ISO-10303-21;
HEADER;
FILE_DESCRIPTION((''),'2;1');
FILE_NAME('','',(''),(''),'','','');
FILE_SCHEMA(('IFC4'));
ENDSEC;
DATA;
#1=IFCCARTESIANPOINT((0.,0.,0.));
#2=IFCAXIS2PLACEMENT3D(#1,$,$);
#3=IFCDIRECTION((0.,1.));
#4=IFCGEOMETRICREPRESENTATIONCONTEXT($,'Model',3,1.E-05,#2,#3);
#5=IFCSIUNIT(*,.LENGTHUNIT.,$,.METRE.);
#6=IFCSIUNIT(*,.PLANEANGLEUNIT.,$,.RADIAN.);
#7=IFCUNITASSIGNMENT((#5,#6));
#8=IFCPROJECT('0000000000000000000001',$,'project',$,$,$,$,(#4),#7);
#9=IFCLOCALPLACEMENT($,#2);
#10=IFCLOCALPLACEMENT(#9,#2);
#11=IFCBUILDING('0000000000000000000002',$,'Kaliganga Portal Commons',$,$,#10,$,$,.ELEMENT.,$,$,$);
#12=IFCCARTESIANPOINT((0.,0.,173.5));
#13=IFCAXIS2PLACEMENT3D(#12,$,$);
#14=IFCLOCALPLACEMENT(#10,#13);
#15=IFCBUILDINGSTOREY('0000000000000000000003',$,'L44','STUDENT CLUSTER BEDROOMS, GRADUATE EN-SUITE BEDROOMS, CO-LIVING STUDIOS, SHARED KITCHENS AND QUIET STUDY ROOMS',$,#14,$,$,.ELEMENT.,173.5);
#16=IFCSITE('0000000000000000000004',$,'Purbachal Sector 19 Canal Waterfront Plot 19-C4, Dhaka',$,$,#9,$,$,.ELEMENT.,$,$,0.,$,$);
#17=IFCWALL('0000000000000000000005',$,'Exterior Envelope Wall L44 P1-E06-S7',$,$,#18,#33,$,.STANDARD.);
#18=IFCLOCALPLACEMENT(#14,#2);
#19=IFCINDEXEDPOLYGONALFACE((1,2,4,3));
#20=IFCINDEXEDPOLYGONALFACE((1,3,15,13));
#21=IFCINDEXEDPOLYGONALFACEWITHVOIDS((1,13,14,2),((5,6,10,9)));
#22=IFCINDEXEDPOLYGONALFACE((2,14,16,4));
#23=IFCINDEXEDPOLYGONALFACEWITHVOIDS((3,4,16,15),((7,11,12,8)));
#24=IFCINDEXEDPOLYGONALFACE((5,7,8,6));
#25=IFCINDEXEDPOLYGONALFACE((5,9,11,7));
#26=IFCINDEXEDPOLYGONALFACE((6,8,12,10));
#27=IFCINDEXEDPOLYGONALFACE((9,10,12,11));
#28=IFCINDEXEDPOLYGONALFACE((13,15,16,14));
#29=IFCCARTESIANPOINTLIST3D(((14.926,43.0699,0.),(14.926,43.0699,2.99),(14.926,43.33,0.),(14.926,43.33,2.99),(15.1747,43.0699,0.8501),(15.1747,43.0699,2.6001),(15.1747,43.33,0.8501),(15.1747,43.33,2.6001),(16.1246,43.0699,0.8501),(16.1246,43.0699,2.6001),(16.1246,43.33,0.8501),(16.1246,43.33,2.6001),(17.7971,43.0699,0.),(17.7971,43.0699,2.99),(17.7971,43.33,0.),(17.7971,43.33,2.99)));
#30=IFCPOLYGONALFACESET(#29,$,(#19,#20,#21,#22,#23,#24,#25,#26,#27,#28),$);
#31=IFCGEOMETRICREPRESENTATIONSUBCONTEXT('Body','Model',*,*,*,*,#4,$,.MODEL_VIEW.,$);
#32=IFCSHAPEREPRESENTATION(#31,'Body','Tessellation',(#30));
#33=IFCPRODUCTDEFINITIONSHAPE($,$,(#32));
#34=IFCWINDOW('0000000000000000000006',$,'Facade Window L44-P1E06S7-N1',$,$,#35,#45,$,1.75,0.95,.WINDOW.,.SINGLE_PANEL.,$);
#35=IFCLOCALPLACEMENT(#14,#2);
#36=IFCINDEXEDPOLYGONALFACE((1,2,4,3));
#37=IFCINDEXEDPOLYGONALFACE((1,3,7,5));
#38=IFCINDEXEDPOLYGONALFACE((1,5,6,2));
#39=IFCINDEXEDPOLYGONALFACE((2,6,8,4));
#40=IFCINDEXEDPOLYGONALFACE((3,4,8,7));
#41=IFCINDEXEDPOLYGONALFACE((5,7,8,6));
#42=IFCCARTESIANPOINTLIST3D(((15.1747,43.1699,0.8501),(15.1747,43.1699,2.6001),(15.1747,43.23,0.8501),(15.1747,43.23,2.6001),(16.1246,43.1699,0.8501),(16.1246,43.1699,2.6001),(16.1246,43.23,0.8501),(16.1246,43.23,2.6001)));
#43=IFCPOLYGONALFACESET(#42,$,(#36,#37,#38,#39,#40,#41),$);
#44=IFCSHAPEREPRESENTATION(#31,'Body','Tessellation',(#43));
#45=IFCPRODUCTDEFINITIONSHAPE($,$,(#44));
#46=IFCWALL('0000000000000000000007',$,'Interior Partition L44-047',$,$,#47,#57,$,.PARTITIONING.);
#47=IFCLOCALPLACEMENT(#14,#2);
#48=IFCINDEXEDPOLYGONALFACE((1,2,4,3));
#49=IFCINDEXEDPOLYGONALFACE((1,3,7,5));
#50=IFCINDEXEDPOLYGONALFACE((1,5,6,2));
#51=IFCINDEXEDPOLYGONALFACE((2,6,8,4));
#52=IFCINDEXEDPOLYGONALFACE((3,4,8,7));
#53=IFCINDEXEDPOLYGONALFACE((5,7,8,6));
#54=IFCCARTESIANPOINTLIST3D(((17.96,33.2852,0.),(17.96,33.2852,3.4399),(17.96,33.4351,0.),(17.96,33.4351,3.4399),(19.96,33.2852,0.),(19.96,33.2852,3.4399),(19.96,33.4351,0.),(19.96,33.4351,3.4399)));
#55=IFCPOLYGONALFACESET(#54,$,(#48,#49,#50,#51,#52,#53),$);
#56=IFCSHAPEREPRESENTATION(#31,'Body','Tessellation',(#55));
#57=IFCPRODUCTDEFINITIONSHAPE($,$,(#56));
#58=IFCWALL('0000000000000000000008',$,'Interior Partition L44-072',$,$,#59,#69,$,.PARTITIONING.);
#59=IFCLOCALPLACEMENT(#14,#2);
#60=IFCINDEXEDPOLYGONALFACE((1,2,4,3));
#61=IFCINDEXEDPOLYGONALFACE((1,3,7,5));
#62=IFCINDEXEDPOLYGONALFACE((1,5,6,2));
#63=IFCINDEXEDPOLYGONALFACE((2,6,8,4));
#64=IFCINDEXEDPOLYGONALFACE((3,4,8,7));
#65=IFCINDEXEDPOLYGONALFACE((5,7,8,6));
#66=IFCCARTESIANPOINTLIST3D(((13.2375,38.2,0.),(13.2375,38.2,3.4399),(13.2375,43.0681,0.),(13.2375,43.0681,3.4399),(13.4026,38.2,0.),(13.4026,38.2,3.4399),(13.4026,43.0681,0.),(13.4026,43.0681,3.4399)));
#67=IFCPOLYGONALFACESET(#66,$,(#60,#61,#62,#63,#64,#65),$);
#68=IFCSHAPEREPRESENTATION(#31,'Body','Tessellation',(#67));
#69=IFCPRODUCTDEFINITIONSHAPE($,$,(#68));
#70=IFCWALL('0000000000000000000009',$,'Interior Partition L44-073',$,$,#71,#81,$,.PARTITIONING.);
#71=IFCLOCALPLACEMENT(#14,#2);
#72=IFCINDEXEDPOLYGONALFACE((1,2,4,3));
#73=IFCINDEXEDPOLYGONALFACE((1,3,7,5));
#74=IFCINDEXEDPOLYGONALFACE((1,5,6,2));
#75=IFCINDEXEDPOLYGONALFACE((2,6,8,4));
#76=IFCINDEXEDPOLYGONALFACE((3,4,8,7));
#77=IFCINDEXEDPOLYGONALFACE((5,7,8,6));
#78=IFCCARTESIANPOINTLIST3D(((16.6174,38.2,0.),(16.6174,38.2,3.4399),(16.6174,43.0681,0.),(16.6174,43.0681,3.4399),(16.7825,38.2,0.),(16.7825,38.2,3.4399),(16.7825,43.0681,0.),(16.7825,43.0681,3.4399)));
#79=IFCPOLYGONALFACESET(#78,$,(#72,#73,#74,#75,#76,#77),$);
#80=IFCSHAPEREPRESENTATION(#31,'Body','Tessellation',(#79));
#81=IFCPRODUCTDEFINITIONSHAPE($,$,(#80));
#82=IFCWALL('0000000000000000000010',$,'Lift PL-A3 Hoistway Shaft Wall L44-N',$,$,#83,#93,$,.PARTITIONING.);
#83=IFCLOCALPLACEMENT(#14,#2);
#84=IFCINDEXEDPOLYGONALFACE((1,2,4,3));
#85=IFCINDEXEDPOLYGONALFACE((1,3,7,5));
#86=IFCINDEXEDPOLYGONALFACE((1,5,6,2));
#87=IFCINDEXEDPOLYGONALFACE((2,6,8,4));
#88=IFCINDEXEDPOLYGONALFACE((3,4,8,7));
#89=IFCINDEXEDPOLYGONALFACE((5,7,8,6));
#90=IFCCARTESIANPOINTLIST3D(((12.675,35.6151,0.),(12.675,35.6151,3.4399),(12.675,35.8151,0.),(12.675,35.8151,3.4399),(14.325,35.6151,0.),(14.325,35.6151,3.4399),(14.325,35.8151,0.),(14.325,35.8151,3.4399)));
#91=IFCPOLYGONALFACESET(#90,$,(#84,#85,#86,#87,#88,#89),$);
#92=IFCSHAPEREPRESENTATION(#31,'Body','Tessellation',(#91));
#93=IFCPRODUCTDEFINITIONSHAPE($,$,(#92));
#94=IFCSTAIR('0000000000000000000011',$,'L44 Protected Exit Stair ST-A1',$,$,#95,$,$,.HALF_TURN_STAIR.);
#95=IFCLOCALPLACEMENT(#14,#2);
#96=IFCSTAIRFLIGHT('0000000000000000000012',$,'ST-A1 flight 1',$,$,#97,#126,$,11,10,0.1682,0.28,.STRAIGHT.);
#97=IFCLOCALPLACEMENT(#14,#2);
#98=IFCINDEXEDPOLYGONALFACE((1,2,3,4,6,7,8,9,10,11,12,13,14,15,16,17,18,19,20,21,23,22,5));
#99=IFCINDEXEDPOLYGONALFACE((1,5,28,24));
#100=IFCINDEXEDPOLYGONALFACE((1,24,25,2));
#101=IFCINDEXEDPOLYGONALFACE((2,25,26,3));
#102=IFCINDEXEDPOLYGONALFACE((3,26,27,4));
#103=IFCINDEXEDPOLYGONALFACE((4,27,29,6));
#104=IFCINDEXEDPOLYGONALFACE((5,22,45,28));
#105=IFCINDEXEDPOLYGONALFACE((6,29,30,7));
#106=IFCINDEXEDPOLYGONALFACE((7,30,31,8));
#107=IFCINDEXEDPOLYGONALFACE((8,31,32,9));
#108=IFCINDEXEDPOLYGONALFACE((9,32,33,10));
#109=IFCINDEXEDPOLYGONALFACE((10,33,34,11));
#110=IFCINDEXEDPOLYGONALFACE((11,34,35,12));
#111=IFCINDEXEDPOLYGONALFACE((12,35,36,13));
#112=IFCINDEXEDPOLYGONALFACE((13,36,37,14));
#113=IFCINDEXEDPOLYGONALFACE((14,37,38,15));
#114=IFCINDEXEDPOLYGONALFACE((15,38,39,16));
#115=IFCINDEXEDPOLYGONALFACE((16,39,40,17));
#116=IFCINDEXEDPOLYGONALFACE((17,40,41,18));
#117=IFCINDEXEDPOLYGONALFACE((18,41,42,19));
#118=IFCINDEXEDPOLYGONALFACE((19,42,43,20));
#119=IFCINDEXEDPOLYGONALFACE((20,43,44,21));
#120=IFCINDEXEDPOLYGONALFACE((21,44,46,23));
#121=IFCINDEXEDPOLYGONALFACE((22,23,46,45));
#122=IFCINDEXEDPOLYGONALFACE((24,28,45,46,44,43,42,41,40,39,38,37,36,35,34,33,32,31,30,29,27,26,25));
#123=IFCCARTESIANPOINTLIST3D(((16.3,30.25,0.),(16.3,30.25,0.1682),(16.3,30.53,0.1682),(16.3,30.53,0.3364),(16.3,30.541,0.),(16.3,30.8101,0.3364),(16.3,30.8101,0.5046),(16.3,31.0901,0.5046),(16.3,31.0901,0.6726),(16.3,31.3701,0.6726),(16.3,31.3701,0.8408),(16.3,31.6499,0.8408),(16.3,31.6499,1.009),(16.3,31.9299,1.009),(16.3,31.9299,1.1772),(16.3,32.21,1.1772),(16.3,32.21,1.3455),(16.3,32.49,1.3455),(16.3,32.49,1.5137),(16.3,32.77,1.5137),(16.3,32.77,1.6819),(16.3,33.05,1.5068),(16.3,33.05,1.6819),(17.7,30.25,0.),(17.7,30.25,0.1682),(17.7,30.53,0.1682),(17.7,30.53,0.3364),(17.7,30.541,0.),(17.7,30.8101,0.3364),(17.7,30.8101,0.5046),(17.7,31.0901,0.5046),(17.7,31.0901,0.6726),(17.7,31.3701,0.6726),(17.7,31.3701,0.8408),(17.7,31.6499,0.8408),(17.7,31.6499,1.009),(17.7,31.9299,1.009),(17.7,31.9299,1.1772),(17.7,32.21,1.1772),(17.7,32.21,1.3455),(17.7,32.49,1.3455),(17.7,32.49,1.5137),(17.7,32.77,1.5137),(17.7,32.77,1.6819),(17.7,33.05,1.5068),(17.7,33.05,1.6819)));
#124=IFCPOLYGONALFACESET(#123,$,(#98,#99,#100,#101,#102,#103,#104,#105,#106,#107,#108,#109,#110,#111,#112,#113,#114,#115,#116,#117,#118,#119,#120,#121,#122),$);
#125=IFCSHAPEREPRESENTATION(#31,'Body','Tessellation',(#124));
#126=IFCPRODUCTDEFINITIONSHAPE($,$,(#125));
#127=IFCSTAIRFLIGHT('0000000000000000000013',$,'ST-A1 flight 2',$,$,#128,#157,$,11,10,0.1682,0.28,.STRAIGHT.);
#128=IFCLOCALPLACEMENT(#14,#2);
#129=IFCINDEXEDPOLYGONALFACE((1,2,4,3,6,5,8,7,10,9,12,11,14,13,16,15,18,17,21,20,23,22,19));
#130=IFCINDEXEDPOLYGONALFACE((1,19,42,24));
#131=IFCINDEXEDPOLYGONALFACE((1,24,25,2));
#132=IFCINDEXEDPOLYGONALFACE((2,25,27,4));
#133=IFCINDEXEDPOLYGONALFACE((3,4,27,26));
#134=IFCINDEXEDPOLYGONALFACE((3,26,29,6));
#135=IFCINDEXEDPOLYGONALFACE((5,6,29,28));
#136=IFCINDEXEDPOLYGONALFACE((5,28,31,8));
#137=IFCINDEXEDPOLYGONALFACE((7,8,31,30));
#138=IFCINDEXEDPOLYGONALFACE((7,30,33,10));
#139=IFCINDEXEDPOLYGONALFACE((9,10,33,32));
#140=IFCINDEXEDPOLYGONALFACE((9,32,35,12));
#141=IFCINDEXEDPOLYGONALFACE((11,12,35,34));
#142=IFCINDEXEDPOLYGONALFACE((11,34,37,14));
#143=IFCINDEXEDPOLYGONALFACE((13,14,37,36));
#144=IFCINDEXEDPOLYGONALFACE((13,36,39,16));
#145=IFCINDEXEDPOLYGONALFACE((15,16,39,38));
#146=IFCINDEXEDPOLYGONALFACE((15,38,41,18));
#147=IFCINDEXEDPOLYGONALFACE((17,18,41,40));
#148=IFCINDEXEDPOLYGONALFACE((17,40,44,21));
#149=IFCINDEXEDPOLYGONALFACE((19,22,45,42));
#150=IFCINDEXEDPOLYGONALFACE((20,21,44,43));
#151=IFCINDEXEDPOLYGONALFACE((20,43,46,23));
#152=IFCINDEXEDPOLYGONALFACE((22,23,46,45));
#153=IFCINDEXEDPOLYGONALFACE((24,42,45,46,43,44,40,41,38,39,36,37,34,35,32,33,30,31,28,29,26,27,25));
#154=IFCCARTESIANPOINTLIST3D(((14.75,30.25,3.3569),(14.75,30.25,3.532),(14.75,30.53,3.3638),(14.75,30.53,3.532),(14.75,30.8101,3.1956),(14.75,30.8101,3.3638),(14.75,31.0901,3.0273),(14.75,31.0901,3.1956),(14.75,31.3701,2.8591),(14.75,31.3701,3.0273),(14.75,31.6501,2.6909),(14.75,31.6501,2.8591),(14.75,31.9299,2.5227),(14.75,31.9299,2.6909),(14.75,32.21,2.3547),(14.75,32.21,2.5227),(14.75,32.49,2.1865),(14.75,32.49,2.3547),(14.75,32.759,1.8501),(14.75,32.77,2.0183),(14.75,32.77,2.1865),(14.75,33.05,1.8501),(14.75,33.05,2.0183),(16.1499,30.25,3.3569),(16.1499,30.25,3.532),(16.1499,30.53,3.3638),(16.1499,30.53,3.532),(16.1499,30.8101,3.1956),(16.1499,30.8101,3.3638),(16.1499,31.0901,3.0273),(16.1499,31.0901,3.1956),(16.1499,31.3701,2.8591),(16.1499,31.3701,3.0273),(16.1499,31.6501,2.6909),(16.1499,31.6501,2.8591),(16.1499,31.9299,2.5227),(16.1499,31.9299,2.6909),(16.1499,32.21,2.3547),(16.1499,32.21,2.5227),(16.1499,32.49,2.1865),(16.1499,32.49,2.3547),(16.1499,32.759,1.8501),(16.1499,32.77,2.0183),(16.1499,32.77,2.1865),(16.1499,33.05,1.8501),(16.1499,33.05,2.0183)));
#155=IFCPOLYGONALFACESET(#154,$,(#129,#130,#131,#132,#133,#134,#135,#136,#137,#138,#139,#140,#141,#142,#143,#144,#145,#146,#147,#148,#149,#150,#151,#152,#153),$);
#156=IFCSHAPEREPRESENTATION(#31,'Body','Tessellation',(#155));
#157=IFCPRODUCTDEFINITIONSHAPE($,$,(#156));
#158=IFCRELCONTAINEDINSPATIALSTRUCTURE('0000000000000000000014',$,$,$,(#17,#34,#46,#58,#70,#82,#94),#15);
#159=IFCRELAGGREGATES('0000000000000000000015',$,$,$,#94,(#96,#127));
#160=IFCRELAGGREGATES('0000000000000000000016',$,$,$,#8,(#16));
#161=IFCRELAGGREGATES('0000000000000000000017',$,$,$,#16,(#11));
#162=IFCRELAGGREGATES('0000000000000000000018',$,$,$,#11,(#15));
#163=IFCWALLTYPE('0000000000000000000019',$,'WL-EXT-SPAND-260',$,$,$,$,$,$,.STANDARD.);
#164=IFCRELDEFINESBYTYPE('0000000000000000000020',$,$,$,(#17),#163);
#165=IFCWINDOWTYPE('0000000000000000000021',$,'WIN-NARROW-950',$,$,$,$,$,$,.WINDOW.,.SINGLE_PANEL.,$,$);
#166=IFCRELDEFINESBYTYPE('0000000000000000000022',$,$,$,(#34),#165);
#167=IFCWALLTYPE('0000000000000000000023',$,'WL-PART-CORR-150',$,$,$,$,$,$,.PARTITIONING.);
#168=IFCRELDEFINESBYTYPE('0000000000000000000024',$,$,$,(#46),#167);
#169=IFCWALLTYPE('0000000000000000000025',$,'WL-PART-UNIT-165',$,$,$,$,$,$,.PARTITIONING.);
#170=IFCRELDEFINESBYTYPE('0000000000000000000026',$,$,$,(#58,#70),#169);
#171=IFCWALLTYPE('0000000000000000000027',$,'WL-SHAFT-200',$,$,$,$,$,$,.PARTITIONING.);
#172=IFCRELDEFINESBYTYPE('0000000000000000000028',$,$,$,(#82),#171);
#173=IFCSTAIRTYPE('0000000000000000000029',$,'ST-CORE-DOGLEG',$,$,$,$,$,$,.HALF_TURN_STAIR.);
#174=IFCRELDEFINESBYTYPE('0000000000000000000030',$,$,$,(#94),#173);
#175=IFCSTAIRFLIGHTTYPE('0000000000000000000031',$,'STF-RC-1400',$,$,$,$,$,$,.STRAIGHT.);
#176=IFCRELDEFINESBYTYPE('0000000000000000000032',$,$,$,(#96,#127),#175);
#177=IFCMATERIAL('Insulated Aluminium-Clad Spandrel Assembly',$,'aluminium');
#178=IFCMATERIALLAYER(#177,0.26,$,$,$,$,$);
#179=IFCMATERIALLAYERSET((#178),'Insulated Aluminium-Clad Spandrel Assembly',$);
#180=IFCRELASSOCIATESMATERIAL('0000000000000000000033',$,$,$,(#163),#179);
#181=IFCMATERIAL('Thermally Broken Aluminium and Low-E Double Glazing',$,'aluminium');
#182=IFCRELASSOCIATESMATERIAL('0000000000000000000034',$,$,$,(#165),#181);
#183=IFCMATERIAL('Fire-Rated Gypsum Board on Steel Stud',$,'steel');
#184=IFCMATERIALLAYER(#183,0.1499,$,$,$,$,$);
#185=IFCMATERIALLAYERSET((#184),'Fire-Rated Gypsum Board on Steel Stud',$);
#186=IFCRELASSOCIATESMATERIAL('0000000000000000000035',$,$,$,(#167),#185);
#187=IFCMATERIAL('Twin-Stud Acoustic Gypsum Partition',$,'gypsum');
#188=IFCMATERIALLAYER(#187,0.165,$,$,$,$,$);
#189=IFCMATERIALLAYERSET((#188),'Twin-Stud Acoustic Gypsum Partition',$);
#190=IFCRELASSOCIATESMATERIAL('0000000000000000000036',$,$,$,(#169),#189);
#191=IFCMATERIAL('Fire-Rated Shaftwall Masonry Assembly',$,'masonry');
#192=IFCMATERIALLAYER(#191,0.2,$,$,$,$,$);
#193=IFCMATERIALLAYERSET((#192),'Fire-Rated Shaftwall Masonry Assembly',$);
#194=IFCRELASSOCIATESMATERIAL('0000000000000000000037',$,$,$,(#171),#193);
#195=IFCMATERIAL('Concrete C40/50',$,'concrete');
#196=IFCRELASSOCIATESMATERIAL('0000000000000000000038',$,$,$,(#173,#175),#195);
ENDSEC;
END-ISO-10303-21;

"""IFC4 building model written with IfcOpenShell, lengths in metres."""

from ifc_helpers import new_model, si_unit, direction, frame, frame_2d, origin, place, context, subcontext, project, spatial, polyline, rectangle, outline, extrude, material, layer, layer_set, type_object, element, fill, aggregate, save


model = new_model("IFC4")

# Units and contexts
model_context = context("Model", 3, precision=1e-05, world=origin(), true_north=direction((0.0, 1.0)))
body_context = subcontext(model_context, "Body", "Model", "MODEL_VIEW")
ifc_project = project(units=[si_unit("LENGTHUNIT", "METRE"), si_unit("PLANEANGLEUNIT", "RADIAN")], contexts=[model_context])

# Site, building, storey
site_placement = place(None, origin())
site = spatial("IfcSite", under=ifc_project, at=site_placement, Name="Purbachal Sector 19 Canal Waterfront Plot 19-C4, Dhaka", CompositionType="ELEMENT", RefElevation=0.0)
building_placement = place(site_placement, origin())
building = spatial("IfcBuilding", under=site, at=building_placement, Name="Kaliganga Portal Commons", CompositionType="ELEMENT")
storey_placement = place(building_placement, frame((0.0, 0.0, 173.5)))
storey = spatial("IfcBuildingStorey", under=building, at=storey_placement, Name="L44", Description="STUDENT CLUSTER BEDROOMS, GRADUATE EN-SUITE BEDROOMS, CO-LIVING STUDIOS, SHARED KITCHENS AND QUIET STUDY ROOMS", CompositionType="ELEMENT", Elevation=173.5)

# Wall, opening, window
ifc_material_1 = material(Name="Insulated Aluminium-Clad Spandrel Assembly", Category="aluminium")
ifc_layer_1 = layer(ifc_material_1, 0.26)
ifc_layer_set_1 = layer_set([ifc_layer_1], Name="Insulated Aluminium-Clad Spandrel Assembly")
wall_type_1 = type_object("IfcWallType", Name="WL-EXT-SPAND-260", PredefinedType="STANDARD", material=ifc_layer_set_1)
wall_1_placement = place(storey_placement, frame((14.926, 43.2, 0.0), z_axis=(0.0, 0.0, 1.0), x_axis=(1.0, 0.0, 0.0)))
wall_1 = element("IfcWall", 1, at=wall_1_placement, inside=storey, type_object=wall_type_1, Name="Exterior Envelope Wall L44 P1-E06-S7", PredefinedType="STANDARD", context=body_context, shape_type="SweptSolid", body=[
    extrude(rectangle(XDim=2.8711, YDim=0.26, at=frame_2d((1.4355, 0.0))), origin(), (0.0, 0.0, 1.0), 2.99),
])
opening_1_placement = place(wall_1_placement, frame((0.2485, 0.0, 0.8501)))
opening_1 = element("IfcOpeningElement", 2, at=opening_1_placement, cuts=wall_1, PredefinedType="OPENING", context=body_context, shape_type="SweptSolid", body=[
    extrude(rectangle(XDim=0.95, YDim=1.75, at=frame_2d((0.4751, 0.875))), frame((0.0, 0.1401, 0.0), z_axis=(0.0, -1.0, 0.0), x_axis=(1.0, 0.0, 0.0)), (0.0, 0.0, 1.0), 0.28),
])
ifc_material_2 = material(Name="Thermally Broken Aluminium and Low-E Double Glazing", Category="aluminium")
window_type = type_object("IfcWindowType", Name="WIN-NARROW-950", PartitioningType="SINGLE_PANEL", PredefinedType="WINDOW", material=ifc_material_2)
window_placement = place(opening_1_placement, origin())
window = element("IfcWindow", 3, at=window_placement, inside=storey, type_object=window_type, Name="Facade Window L44-P1E06S7-N1", OverallHeight=1.75, OverallWidth=0.95, PartitioningType="SINGLE_PANEL", PredefinedType="WINDOW", context=body_context, shape_type="SweptSolid", body=[
    extrude(rectangle(XDim=0.95, YDim=1.75, at=frame_2d((0.4751, 0.875))), frame((0.0, 0.03, 0.0), z_axis=(0.0, -1.0, 0.0), x_axis=(1.0, 0.0, 0.0)), (0.0, 0.0, 1.0), 0.0601),
])
fill(opening_1, window)

# Shared definitions
ifc_material_3 = material(Name="Fire-Rated Gypsum Board on Steel Stud", Category="steel")
ifc_layer_2 = layer(ifc_material_3, 0.1499)
ifc_layer_set_2 = layer_set([ifc_layer_2], Name="Fire-Rated Gypsum Board on Steel Stud")
wall_type_2 = type_object("IfcWallType", Name="WL-PART-CORR-150", PredefinedType="PARTITIONING", material=ifc_layer_set_2)

# Walls
wall_2_placement = place(storey_placement, frame((17.96, 33.3601, 0.0), z_axis=(0.0, 0.0, 1.0), x_axis=(1.0, 0.0, 0.0)))
element("IfcWall", 4, at=wall_2_placement, inside=storey, type_object=wall_type_2, Name="Interior Partition L44-047", PredefinedType="PARTITIONING", context=body_context, shape_type="SweptSolid", body=[
    extrude(rectangle(XDim=2.0, YDim=0.1499, at=frame_2d((1.0, 0.0))), origin(), (0.0, 0.0, 1.0), 3.4399),
])
ifc_material_4 = material(Name="Twin-Stud Acoustic Gypsum Partition", Category="gypsum")
ifc_layer_3 = layer(ifc_material_4, 0.165)
ifc_layer_set_3 = layer_set([ifc_layer_3], Name="Twin-Stud Acoustic Gypsum Partition")
wall_type_3 = type_object("IfcWallType", Name="WL-PART-UNIT-165", PredefinedType="PARTITIONING", material=ifc_layer_set_3)
for number, where, z_axis, x_axis, name in (
    (5, (13.3201, 38.2, 0.0), (0.0, 0.0, 1.0), (0.0, 1.0, 0.0), "Interior Partition L44-072"),
    (6, (16.7, 38.2, 0.0), (0.0, 0.0, 1.0), (0.0, 1.0, 0.0), "Interior Partition L44-073"),
):
    element("IfcWall", number, at=place(storey_placement, frame(where, z_axis=z_axis, x_axis=x_axis)), inside=storey, type_object=wall_type_3, Name=name, PredefinedType="PARTITIONING", context=body_context, shape_type="SweptSolid", body=[
        extrude(rectangle(XDim=4.8682, YDim=0.165, at=frame_2d((2.4341, 0.0))), origin(), (0.0, 0.0, 1.0), 3.4399),
    ])
ifc_material_5 = material(Name="Fire-Rated Shaftwall Masonry Assembly", Category="masonry")
ifc_layer_4 = layer(ifc_material_5, 0.2)
ifc_layer_set_4 = layer_set([ifc_layer_4], Name="Fire-Rated Shaftwall Masonry Assembly")
wall_type_4 = type_object("IfcWallType", Name="WL-SHAFT-200", PredefinedType="PARTITIONING", material=ifc_layer_set_4)
wall_3_placement = place(storey_placement, frame((12.675, 35.7151, 0.0), z_axis=(0.0, 0.0, 1.0), x_axis=(1.0, 0.0, 0.0)))
element("IfcWall", 7, at=wall_3_placement, inside=storey, type_object=wall_type_4, Name="Lift PL-A3 Hoistway Shaft Wall L44-N", PredefinedType="PARTITIONING", context=body_context, shape_type="SweptSolid", body=[
    extrude(rectangle(XDim=1.6499, YDim=0.2, at=frame_2d((0.825, 0.0))), origin(), (0.0, 0.0, 1.0), 3.4399),
])

# Stair, stair flights
ifc_material_6 = material(Name="Concrete C40/50", Category="concrete")
stair_type = type_object("IfcStairType", Name="ST-CORE-DOGLEG", PredefinedType="HALF_TURN_STAIR", material=ifc_material_6)
stair_placement = place(storey_placement, origin())
stair = element("IfcStair", 8, at=stair_placement, inside=storey, type_object=stair_type, Name="L44 Protected Exit Stair ST-A1", PredefinedType="HALF_TURN_STAIR")
stair_flight_type = type_object("IfcStairFlightType", Name="STF-RC-1400", PredefinedType="STRAIGHT", material=ifc_material_6)
stair_flight_1_placement = place(storey_placement, frame((17.0, 30.25, 0.0), z_axis=(0.0, 0.0, 1.0), x_axis=(0.0, 1.0, 0.0)))
stair_flight_1 = element("IfcStairFlight", 9, at=stair_flight_1_placement, type_object=stair_flight_type, Name="ST-A1 flight 1", NumberOfRisers=11, NumberOfTreads=10, PredefinedType="STRAIGHT", RiserHeight=0.1682, TreadLength=0.28, context=body_context, shape_type="SweptSolid", body=[
    extrude(outline(polyline([(0.0, 0.0), (0.0, 0.1682), (0.28, 0.1682), (0.28, 0.3364), (0.5601, 0.3364), (0.5601, 0.5046), (0.8401, 0.5046), (0.8401, 0.6726), (1.1201, 0.6726), (1.1201, 0.8408), (1.3999, 0.8408), (1.3999, 1.009), (1.6799, 1.009), (1.6799, 1.1772), (1.96, 1.1772), (1.96, 1.3455), (2.24, 1.3455), (2.24, 1.5137), (2.52, 1.5137), (2.52, 1.6819), (2.8, 1.6819), (2.8, 1.8501), (2.8, 1.5068), (0.291, 0.0), (0.0, 0.0)])), frame((0.0, 0.7, 0.0), z_axis=(0.0, -1.0, 0.0), x_axis=(1.0, 0.0, 0.0)), (0.0, 0.0, 1.0), 1.3999),
])
stair_flight_2_placement = place(storey_placement, frame((15.45, 33.05, 1.8501), z_axis=(0.0, 0.0, 1.0), x_axis=(0.0, -1.0, 0.0)))
stair_flight_2 = element("IfcStairFlight", 10, at=stair_flight_2_placement, type_object=stair_flight_type, Name="ST-A1 flight 2", NumberOfRisers=11, NumberOfTreads=10, PredefinedType="STRAIGHT", RiserHeight=0.1682, TreadLength=0.28, context=body_context, shape_type="SweptSolid", body=[
    extrude(outline(polyline([(0.0, 0.0), (0.0, 0.1682), (0.28, 0.1682), (0.28, 0.3364), (0.5601, 0.3364), (0.5601, 0.5046), (0.8401, 0.5046), (0.8401, 0.6726), (1.1201, 0.6726), (1.1201, 0.8408), (1.3999, 0.8408), (1.3999, 1.009), (1.6799, 1.009), (1.6799, 1.1772), (1.96, 1.1772), (1.96, 1.3455), (2.24, 1.3455), (2.24, 1.5137), (2.52, 1.5137), (2.52, 1.6819), (2.8, 1.6819), (2.8, 1.8501), (2.8, 1.5068), (0.291, 0.0), (0.0, 0.0)])), frame((0.0, 0.7, 0.0), z_axis=(0.0, -1.0, 0.0), x_axis=(1.0, 0.0, 0.0)), (0.0, 0.0, 1.0), 1.3999),
])
aggregate(stair, [stair_flight_1, stair_flight_2])

save(model, "model.ifc")
